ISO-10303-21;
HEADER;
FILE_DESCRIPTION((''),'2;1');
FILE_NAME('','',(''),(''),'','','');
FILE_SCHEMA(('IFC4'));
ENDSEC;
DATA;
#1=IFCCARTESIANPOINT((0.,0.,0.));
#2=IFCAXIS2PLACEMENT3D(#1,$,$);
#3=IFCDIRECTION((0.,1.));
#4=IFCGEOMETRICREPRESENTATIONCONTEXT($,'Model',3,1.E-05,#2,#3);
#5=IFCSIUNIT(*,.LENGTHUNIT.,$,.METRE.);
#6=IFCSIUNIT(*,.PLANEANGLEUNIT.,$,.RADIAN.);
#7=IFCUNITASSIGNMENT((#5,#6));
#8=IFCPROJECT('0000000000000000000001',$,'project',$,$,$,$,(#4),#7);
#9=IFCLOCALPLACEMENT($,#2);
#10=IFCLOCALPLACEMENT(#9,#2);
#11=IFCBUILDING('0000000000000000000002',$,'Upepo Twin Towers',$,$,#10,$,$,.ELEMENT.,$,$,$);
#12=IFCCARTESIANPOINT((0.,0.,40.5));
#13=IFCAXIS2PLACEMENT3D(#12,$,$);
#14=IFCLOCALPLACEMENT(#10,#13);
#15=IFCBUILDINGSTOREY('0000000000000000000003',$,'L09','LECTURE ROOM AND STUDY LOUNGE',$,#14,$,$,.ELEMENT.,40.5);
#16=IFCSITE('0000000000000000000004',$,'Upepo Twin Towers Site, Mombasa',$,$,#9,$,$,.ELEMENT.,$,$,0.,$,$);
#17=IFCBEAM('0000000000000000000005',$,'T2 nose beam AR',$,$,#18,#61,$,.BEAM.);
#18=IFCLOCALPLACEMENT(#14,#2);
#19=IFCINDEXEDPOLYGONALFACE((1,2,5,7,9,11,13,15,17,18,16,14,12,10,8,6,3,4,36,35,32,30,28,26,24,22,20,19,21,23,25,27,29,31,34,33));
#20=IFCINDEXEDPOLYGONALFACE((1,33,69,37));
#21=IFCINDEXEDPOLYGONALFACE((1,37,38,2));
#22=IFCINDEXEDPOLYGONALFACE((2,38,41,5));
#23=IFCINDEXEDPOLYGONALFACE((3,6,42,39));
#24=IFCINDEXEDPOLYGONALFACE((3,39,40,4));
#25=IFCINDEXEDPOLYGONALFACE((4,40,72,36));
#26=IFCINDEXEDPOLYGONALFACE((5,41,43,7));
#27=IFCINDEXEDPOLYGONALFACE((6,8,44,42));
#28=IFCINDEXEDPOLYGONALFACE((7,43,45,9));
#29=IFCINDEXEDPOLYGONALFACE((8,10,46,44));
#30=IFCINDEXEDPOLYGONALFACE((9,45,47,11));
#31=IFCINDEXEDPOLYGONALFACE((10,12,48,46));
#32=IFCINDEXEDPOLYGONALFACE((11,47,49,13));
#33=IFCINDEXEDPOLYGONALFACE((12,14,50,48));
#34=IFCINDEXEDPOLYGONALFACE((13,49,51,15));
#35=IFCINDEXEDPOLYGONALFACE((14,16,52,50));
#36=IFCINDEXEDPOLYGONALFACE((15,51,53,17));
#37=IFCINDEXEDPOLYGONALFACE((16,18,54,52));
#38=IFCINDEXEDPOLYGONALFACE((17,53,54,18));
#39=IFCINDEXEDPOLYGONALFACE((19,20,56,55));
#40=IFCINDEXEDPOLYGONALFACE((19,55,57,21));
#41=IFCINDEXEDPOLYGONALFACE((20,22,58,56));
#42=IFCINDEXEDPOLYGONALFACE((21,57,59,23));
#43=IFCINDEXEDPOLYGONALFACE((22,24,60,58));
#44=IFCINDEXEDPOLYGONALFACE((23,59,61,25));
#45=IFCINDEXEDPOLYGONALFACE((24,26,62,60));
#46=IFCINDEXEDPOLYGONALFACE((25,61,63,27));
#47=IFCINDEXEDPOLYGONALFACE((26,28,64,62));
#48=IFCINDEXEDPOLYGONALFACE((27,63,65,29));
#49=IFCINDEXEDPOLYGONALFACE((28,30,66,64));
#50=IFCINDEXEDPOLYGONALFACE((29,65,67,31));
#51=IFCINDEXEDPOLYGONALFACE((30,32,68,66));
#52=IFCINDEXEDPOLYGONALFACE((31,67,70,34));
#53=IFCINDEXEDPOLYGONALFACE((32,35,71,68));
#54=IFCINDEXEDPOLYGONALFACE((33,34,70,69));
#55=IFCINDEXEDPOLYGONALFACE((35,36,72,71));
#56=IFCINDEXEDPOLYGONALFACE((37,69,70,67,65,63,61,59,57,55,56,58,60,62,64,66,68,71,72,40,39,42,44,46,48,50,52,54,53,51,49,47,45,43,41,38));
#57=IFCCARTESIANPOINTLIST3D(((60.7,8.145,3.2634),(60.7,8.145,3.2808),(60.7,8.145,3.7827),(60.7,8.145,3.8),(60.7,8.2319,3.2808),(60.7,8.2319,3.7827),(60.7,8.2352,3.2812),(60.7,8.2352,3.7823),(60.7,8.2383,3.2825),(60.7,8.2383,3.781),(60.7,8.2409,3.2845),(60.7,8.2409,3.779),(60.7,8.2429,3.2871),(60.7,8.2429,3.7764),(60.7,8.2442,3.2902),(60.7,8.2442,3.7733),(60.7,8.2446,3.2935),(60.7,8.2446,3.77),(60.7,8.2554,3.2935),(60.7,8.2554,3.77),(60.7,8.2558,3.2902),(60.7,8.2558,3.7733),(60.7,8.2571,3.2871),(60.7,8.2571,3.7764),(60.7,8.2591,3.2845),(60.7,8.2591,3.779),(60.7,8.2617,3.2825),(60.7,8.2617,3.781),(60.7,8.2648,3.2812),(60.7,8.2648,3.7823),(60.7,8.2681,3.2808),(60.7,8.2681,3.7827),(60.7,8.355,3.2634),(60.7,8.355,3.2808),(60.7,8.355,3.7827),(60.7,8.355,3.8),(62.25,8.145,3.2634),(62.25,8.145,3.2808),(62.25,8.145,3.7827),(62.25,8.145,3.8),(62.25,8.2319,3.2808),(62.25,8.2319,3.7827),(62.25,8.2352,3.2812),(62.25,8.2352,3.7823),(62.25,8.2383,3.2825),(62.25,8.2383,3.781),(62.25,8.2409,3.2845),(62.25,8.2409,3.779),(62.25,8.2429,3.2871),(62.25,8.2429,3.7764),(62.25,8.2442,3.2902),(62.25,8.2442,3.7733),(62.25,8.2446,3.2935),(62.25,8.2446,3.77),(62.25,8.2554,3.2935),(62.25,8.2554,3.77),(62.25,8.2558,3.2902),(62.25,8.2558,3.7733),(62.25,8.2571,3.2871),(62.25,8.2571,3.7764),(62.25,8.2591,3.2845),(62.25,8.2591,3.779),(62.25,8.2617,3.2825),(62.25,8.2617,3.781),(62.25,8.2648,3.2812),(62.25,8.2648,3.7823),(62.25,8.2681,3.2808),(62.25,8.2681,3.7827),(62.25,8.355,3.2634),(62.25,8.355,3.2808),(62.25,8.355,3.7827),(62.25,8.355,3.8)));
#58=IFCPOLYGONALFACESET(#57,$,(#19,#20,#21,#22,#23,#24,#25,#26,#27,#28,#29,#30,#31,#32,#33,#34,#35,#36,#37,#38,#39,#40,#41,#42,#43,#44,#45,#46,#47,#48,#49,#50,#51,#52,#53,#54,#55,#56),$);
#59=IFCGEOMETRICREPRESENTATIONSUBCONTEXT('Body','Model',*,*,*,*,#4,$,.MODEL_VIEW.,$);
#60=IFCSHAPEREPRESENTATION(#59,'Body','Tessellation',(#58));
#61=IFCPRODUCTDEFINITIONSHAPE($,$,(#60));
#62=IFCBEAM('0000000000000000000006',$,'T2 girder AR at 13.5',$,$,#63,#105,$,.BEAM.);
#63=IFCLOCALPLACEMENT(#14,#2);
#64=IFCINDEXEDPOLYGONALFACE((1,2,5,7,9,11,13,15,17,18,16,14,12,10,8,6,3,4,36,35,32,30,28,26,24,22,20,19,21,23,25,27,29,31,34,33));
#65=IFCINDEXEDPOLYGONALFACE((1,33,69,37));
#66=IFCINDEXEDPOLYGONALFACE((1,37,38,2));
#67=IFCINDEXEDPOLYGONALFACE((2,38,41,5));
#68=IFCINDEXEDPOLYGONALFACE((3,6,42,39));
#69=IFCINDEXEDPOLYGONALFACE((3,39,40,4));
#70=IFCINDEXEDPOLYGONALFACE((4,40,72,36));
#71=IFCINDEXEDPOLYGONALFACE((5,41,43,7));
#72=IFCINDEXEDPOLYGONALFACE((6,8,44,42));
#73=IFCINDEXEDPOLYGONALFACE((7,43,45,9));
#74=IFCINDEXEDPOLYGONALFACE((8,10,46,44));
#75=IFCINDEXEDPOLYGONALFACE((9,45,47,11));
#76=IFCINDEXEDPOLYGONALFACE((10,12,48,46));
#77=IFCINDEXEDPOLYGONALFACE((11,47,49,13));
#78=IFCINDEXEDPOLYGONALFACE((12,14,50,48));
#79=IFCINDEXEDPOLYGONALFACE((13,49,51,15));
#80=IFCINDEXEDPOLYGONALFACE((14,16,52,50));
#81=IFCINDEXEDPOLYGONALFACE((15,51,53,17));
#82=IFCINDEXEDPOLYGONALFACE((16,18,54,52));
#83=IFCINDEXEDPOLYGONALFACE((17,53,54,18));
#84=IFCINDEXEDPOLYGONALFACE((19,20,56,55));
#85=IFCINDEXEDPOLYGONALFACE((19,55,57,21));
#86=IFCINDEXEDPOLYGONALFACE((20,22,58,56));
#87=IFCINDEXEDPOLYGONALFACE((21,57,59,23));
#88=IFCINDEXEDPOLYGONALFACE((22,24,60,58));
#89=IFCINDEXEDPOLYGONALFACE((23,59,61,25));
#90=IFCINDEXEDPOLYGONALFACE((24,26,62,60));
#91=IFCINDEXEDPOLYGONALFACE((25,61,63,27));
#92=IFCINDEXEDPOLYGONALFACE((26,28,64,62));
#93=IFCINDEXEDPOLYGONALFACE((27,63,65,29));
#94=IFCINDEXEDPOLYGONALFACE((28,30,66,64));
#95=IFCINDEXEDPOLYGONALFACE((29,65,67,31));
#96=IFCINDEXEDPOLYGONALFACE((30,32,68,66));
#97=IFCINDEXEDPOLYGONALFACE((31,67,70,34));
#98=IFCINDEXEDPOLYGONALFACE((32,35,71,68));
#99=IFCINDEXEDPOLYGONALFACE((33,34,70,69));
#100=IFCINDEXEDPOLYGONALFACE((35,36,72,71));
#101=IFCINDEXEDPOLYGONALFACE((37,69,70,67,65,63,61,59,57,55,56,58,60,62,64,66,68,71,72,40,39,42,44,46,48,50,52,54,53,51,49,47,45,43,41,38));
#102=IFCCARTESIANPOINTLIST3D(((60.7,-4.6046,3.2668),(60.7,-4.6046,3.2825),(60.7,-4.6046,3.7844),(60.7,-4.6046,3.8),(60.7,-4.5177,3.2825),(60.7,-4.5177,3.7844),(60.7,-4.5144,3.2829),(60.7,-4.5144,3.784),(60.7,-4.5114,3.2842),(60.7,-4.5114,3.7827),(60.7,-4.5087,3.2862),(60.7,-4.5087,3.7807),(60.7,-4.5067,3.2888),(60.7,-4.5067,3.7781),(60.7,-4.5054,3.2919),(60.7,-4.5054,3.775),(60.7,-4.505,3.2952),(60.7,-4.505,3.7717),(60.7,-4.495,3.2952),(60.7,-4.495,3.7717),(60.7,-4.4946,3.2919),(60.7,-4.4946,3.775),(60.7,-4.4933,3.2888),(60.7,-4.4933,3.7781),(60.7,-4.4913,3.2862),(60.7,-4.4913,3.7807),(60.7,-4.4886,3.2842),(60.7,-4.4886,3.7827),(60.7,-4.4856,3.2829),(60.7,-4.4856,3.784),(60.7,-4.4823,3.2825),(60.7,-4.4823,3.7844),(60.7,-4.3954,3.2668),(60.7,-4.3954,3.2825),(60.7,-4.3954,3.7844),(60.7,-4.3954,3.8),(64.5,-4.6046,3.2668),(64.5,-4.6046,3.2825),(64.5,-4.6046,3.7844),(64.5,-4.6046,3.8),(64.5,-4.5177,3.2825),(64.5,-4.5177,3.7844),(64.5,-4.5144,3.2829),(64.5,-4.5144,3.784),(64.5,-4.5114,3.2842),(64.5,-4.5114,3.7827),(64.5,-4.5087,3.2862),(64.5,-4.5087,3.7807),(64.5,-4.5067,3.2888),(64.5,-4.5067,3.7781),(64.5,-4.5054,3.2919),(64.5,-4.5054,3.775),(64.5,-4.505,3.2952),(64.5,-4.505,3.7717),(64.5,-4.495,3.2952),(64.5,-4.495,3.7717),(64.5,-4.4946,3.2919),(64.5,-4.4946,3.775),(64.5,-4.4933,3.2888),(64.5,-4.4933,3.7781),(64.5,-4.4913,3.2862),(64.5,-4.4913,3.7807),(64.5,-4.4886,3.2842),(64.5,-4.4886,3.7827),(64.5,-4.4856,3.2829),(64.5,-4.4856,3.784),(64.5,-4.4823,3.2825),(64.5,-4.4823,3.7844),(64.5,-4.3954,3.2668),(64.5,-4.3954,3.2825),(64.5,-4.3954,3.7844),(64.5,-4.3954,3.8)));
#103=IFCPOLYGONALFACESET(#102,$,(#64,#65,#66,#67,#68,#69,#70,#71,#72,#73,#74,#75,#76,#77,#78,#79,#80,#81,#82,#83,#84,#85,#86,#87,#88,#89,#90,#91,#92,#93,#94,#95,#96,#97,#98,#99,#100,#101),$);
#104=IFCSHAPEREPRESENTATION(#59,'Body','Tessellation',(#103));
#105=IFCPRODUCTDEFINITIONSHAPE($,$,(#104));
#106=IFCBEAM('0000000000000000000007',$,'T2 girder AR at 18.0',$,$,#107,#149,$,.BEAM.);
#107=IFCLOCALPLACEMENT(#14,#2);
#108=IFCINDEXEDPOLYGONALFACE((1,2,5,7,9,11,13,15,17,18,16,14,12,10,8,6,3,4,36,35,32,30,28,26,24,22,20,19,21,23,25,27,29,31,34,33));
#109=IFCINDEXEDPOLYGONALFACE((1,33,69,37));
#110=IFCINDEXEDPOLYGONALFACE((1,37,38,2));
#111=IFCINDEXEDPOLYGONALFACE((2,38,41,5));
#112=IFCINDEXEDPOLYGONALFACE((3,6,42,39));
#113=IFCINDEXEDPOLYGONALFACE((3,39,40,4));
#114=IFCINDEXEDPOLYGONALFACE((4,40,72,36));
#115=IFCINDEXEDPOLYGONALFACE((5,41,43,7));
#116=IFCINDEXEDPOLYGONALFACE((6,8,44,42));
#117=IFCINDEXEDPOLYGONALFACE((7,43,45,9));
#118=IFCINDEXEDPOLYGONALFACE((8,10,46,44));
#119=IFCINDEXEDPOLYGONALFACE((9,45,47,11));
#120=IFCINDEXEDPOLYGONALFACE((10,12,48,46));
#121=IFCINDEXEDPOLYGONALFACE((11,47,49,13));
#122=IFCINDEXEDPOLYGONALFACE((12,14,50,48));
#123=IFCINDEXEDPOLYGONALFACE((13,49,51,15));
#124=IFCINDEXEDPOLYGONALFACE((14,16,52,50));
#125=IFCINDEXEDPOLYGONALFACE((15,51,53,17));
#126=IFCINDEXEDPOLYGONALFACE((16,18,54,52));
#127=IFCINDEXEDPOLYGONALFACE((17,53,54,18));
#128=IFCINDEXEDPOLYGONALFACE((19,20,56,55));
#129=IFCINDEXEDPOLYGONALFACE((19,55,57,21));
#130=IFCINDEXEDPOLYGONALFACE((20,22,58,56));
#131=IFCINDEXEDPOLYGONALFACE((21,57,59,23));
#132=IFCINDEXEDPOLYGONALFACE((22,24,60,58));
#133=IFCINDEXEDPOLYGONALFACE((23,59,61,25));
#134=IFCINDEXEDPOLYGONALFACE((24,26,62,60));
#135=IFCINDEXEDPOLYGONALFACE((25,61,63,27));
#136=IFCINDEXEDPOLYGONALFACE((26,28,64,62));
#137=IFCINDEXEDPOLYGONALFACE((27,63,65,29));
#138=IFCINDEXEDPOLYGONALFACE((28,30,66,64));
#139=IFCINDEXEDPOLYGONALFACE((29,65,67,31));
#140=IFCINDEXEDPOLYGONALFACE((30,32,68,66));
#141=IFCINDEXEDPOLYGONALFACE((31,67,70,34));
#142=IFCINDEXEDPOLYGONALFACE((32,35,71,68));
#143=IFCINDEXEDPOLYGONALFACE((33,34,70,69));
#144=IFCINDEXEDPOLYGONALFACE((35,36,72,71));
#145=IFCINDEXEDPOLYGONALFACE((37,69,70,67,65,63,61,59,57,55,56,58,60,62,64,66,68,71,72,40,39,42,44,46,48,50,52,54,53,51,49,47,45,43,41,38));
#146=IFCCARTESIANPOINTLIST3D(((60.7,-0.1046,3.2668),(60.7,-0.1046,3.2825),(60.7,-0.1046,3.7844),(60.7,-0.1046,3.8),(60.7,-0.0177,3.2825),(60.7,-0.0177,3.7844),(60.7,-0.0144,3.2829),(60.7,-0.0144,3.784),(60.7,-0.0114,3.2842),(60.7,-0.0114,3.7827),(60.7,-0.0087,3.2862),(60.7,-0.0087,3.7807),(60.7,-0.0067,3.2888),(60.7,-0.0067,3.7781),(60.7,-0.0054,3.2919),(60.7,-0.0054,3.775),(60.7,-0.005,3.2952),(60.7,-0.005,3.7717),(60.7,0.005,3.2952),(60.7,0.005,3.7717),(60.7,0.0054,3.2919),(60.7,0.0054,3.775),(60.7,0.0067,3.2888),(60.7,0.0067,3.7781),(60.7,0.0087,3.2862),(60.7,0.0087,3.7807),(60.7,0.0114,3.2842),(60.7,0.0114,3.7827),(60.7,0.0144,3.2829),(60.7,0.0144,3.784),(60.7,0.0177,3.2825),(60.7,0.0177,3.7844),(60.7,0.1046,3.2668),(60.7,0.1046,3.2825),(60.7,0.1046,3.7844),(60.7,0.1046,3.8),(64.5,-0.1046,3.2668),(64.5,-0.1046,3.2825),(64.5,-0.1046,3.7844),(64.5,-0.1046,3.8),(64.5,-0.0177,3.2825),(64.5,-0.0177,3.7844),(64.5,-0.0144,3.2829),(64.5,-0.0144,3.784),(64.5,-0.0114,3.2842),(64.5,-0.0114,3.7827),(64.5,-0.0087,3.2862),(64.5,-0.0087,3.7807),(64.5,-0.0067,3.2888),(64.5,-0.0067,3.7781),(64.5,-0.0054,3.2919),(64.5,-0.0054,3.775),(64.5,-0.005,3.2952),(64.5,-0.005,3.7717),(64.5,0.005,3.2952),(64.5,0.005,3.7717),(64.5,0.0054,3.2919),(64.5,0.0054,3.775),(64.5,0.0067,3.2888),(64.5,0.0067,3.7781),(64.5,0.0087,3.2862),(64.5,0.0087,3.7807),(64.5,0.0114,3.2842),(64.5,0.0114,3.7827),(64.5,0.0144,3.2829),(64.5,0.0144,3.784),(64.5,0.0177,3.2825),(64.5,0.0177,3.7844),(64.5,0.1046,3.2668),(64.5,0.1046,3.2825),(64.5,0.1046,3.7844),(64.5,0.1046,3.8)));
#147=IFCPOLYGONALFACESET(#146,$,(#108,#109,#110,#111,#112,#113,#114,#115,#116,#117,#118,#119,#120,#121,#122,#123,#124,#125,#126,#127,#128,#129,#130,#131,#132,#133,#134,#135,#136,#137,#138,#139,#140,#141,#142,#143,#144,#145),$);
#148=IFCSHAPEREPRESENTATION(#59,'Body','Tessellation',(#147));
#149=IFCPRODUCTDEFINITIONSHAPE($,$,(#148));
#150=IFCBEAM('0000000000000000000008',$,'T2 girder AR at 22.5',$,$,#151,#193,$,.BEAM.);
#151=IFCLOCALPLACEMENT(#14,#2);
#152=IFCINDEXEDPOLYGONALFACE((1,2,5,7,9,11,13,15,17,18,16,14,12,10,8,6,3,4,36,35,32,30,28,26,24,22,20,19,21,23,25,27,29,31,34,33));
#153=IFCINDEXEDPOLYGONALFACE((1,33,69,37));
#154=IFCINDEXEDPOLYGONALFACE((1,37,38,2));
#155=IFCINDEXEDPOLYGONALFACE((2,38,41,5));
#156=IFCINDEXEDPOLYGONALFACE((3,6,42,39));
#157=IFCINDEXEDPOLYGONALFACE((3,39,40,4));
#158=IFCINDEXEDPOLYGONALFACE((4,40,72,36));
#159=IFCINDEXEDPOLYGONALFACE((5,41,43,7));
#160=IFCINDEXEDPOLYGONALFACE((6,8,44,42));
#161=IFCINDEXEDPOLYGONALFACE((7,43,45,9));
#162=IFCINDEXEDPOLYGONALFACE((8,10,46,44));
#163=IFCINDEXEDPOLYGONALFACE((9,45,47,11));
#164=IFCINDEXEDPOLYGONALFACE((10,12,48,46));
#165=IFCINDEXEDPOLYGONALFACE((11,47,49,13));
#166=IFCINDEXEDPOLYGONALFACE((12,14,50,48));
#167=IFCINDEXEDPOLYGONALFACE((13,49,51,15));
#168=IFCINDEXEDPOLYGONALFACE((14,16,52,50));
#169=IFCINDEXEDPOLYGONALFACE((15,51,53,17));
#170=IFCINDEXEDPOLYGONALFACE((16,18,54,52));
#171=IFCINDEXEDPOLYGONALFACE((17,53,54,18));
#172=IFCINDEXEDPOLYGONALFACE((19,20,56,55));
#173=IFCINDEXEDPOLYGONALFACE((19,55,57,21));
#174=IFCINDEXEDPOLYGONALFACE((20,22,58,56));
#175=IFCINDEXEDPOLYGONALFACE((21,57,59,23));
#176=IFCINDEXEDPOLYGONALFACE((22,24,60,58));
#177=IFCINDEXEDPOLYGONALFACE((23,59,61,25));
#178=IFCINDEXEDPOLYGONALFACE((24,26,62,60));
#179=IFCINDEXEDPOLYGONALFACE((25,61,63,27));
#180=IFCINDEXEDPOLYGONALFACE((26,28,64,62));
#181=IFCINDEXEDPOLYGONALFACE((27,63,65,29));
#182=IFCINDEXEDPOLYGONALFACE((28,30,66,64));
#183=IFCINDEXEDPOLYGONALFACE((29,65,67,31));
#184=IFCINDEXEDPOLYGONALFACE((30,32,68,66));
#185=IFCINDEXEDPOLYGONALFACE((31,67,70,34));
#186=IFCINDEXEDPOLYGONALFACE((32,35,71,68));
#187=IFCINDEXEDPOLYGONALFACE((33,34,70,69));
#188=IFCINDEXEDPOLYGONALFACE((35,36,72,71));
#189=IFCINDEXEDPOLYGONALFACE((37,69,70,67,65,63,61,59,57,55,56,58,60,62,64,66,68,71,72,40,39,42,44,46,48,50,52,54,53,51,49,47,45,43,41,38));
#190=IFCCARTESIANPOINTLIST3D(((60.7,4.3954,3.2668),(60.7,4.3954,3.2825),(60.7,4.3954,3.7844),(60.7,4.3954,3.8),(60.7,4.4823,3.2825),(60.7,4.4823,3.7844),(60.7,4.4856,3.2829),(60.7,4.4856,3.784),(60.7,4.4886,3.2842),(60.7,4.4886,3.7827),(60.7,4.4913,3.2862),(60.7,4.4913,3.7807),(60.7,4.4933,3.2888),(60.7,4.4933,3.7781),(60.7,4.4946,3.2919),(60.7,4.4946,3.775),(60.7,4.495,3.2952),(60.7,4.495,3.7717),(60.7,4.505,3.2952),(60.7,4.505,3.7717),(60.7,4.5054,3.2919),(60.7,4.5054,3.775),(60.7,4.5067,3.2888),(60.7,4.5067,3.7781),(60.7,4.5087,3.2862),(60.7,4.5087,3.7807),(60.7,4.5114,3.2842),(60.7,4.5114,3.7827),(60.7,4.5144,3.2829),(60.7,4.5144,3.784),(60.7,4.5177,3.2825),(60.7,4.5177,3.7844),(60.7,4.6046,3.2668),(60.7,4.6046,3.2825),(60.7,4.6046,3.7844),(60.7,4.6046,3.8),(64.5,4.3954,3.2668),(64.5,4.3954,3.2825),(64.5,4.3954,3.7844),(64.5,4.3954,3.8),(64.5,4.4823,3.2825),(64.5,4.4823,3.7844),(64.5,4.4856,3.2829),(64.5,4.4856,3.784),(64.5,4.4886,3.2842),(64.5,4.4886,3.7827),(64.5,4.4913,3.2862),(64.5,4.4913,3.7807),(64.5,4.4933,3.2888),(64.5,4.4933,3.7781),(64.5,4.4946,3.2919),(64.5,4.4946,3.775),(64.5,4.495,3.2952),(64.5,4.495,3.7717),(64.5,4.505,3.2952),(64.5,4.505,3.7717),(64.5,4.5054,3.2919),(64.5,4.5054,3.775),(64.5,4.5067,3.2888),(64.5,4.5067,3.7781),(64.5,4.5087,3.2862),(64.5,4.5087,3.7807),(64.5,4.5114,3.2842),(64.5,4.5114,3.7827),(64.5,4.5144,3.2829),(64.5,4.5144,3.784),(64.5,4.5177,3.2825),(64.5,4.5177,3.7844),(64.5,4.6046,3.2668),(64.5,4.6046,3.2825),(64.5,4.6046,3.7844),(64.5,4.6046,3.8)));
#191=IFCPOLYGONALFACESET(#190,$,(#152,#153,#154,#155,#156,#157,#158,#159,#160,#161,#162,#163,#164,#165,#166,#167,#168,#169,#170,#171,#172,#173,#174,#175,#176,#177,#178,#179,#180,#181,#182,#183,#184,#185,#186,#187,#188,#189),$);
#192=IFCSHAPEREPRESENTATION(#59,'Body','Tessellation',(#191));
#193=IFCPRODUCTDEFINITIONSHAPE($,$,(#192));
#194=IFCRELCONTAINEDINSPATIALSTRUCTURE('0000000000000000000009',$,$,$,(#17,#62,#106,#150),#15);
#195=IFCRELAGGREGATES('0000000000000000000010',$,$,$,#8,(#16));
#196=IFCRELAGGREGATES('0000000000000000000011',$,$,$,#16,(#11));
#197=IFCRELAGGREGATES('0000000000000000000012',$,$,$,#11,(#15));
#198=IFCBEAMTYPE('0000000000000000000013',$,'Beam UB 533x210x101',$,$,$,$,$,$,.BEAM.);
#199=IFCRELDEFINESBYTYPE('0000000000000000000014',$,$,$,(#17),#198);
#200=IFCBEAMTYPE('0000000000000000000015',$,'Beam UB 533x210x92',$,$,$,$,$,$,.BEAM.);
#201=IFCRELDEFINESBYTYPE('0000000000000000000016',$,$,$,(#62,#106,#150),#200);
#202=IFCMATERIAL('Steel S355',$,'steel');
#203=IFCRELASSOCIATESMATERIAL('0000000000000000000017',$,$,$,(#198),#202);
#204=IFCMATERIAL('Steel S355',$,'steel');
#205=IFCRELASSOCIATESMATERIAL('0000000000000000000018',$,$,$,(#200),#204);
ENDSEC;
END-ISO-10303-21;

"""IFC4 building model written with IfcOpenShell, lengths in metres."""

from ifc_helpers import new_model, si_unit, direction, frame, origin, origin_2d, place, context, subcontext, project, spatial, i_section, extrude, material, material_profile, profile_set, type_object, element, save


model = new_model("IFC4")

# Units and contexts
model_context = context("Model", 3, precision=1e-05, world=origin(), true_north=direction((0.0, 1.0)))
body_context = subcontext(model_context, "Body", "Model", "MODEL_VIEW")
ifc_project = project(units=[si_unit("LENGTHUNIT", "METRE"), si_unit("PLANEANGLEUNIT", "RADIAN")], contexts=[model_context])

# Site, building, storey
site_placement = place(None, origin())
site = spatial("IfcSite", under=ifc_project, at=site_placement, Name="Upepo Twin Towers Site, Mombasa", CompositionType="ELEMENT", RefElevation=0.0)
building_placement = place(site_placement, origin())
building = spatial("IfcBuilding", under=site, at=building_placement, Name="Upepo Twin Towers", CompositionType="ELEMENT")
storey_placement = place(building_placement, frame((0.0, 0.0, 40.5)))
storey = spatial("IfcBuildingStorey", under=building, at=storey_placement, Name="L09", Description="LECTURE ROOM AND STUDY LOUNGE", CompositionType="ELEMENT", Elevation=40.5)

# Beams
ifc_material_1 = material(Name="Steel S355", Category="steel")
ifc_material_profile_1 = material_profile(ifc_material_1, i_section(OverallWidth=0.21, OverallDepth=0.5366, WebThickness=0.0107, FlangeThickness=0.0173, FilletRadius=0.0127, at=origin_2d()), Name="UB 533x210x101")
ifc_profile_set_1 = profile_set([ifc_material_profile_1], Name="Steel S355")
beam_type_1 = type_object("IfcBeamType", Name="Beam UB 533x210x101", PredefinedType="BEAM", material=ifc_profile_set_1)
beam_1_placement = place(storey_placement, frame((62.25, 8.25, 3.5317), z_axis=(-1.0, 0.0, 0.0), x_axis=(0.0, -1.0, 0.0)))
element("IfcBeam", 1, at=beam_1_placement, inside=storey, type_object=beam_type_1, Name="T2 nose beam AR", PredefinedType="BEAM", context=body_context, shape_type="SweptSolid", body=[
    extrude(i_section(OverallWidth=0.21, OverallDepth=0.5366, WebThickness=0.0107, FlangeThickness=0.0173, FilletRadius=0.0127, at=origin_2d()), origin(), (0.0, 0.0, 1.0), 1.55),
])
ifc_material_2 = material(Name="Steel S355", Category="steel")
ifc_material_profile_2 = material_profile(ifc_material_2, i_section(OverallWidth=0.2092, OverallDepth=0.5332, WebThickness=0.01, FlangeThickness=0.0156, FilletRadius=0.0127, at=origin_2d()), Name="UB 533x210x92")
ifc_profile_set_2 = profile_set([ifc_material_profile_2], Name="Steel S355")
beam_type_2 = type_object("IfcBeamType", Name="Beam UB 533x210x92", PredefinedType="BEAM", material=ifc_profile_set_2)
for number, where, z_axis, x_axis, name in (
    (2, (64.5, -4.5, 3.5334), (-1.0, 0.0, 0.0), (0.0, -1.0, 0.0), "T2 girder AR at 13.5"),
    (3, (64.5, 0.0, 3.5334), (-1.0, 0.0, 0.0), (0.0, -1.0, 0.0), "T2 girder AR at 18.0"),
    (4, (64.5, 4.5, 3.5334), (-1.0, 0.0, 0.0), (0.0, -1.0, 0.0), "T2 girder AR at 22.5"),
):
    element("IfcBeam", number, at=place(storey_placement, frame(where, z_axis=z_axis, x_axis=x_axis)), inside=storey, type_object=beam_type_2, Name=name, PredefinedType="BEAM", context=body_context, shape_type="SweptSolid", body=[
        extrude(i_section(OverallWidth=0.2092, OverallDepth=0.5332, WebThickness=0.01, FlangeThickness=0.0156, FilletRadius=0.0127, at=origin_2d()), origin(), (0.0, 0.0, 1.0), 3.8),
    ])

save(model, "model.ifc")
